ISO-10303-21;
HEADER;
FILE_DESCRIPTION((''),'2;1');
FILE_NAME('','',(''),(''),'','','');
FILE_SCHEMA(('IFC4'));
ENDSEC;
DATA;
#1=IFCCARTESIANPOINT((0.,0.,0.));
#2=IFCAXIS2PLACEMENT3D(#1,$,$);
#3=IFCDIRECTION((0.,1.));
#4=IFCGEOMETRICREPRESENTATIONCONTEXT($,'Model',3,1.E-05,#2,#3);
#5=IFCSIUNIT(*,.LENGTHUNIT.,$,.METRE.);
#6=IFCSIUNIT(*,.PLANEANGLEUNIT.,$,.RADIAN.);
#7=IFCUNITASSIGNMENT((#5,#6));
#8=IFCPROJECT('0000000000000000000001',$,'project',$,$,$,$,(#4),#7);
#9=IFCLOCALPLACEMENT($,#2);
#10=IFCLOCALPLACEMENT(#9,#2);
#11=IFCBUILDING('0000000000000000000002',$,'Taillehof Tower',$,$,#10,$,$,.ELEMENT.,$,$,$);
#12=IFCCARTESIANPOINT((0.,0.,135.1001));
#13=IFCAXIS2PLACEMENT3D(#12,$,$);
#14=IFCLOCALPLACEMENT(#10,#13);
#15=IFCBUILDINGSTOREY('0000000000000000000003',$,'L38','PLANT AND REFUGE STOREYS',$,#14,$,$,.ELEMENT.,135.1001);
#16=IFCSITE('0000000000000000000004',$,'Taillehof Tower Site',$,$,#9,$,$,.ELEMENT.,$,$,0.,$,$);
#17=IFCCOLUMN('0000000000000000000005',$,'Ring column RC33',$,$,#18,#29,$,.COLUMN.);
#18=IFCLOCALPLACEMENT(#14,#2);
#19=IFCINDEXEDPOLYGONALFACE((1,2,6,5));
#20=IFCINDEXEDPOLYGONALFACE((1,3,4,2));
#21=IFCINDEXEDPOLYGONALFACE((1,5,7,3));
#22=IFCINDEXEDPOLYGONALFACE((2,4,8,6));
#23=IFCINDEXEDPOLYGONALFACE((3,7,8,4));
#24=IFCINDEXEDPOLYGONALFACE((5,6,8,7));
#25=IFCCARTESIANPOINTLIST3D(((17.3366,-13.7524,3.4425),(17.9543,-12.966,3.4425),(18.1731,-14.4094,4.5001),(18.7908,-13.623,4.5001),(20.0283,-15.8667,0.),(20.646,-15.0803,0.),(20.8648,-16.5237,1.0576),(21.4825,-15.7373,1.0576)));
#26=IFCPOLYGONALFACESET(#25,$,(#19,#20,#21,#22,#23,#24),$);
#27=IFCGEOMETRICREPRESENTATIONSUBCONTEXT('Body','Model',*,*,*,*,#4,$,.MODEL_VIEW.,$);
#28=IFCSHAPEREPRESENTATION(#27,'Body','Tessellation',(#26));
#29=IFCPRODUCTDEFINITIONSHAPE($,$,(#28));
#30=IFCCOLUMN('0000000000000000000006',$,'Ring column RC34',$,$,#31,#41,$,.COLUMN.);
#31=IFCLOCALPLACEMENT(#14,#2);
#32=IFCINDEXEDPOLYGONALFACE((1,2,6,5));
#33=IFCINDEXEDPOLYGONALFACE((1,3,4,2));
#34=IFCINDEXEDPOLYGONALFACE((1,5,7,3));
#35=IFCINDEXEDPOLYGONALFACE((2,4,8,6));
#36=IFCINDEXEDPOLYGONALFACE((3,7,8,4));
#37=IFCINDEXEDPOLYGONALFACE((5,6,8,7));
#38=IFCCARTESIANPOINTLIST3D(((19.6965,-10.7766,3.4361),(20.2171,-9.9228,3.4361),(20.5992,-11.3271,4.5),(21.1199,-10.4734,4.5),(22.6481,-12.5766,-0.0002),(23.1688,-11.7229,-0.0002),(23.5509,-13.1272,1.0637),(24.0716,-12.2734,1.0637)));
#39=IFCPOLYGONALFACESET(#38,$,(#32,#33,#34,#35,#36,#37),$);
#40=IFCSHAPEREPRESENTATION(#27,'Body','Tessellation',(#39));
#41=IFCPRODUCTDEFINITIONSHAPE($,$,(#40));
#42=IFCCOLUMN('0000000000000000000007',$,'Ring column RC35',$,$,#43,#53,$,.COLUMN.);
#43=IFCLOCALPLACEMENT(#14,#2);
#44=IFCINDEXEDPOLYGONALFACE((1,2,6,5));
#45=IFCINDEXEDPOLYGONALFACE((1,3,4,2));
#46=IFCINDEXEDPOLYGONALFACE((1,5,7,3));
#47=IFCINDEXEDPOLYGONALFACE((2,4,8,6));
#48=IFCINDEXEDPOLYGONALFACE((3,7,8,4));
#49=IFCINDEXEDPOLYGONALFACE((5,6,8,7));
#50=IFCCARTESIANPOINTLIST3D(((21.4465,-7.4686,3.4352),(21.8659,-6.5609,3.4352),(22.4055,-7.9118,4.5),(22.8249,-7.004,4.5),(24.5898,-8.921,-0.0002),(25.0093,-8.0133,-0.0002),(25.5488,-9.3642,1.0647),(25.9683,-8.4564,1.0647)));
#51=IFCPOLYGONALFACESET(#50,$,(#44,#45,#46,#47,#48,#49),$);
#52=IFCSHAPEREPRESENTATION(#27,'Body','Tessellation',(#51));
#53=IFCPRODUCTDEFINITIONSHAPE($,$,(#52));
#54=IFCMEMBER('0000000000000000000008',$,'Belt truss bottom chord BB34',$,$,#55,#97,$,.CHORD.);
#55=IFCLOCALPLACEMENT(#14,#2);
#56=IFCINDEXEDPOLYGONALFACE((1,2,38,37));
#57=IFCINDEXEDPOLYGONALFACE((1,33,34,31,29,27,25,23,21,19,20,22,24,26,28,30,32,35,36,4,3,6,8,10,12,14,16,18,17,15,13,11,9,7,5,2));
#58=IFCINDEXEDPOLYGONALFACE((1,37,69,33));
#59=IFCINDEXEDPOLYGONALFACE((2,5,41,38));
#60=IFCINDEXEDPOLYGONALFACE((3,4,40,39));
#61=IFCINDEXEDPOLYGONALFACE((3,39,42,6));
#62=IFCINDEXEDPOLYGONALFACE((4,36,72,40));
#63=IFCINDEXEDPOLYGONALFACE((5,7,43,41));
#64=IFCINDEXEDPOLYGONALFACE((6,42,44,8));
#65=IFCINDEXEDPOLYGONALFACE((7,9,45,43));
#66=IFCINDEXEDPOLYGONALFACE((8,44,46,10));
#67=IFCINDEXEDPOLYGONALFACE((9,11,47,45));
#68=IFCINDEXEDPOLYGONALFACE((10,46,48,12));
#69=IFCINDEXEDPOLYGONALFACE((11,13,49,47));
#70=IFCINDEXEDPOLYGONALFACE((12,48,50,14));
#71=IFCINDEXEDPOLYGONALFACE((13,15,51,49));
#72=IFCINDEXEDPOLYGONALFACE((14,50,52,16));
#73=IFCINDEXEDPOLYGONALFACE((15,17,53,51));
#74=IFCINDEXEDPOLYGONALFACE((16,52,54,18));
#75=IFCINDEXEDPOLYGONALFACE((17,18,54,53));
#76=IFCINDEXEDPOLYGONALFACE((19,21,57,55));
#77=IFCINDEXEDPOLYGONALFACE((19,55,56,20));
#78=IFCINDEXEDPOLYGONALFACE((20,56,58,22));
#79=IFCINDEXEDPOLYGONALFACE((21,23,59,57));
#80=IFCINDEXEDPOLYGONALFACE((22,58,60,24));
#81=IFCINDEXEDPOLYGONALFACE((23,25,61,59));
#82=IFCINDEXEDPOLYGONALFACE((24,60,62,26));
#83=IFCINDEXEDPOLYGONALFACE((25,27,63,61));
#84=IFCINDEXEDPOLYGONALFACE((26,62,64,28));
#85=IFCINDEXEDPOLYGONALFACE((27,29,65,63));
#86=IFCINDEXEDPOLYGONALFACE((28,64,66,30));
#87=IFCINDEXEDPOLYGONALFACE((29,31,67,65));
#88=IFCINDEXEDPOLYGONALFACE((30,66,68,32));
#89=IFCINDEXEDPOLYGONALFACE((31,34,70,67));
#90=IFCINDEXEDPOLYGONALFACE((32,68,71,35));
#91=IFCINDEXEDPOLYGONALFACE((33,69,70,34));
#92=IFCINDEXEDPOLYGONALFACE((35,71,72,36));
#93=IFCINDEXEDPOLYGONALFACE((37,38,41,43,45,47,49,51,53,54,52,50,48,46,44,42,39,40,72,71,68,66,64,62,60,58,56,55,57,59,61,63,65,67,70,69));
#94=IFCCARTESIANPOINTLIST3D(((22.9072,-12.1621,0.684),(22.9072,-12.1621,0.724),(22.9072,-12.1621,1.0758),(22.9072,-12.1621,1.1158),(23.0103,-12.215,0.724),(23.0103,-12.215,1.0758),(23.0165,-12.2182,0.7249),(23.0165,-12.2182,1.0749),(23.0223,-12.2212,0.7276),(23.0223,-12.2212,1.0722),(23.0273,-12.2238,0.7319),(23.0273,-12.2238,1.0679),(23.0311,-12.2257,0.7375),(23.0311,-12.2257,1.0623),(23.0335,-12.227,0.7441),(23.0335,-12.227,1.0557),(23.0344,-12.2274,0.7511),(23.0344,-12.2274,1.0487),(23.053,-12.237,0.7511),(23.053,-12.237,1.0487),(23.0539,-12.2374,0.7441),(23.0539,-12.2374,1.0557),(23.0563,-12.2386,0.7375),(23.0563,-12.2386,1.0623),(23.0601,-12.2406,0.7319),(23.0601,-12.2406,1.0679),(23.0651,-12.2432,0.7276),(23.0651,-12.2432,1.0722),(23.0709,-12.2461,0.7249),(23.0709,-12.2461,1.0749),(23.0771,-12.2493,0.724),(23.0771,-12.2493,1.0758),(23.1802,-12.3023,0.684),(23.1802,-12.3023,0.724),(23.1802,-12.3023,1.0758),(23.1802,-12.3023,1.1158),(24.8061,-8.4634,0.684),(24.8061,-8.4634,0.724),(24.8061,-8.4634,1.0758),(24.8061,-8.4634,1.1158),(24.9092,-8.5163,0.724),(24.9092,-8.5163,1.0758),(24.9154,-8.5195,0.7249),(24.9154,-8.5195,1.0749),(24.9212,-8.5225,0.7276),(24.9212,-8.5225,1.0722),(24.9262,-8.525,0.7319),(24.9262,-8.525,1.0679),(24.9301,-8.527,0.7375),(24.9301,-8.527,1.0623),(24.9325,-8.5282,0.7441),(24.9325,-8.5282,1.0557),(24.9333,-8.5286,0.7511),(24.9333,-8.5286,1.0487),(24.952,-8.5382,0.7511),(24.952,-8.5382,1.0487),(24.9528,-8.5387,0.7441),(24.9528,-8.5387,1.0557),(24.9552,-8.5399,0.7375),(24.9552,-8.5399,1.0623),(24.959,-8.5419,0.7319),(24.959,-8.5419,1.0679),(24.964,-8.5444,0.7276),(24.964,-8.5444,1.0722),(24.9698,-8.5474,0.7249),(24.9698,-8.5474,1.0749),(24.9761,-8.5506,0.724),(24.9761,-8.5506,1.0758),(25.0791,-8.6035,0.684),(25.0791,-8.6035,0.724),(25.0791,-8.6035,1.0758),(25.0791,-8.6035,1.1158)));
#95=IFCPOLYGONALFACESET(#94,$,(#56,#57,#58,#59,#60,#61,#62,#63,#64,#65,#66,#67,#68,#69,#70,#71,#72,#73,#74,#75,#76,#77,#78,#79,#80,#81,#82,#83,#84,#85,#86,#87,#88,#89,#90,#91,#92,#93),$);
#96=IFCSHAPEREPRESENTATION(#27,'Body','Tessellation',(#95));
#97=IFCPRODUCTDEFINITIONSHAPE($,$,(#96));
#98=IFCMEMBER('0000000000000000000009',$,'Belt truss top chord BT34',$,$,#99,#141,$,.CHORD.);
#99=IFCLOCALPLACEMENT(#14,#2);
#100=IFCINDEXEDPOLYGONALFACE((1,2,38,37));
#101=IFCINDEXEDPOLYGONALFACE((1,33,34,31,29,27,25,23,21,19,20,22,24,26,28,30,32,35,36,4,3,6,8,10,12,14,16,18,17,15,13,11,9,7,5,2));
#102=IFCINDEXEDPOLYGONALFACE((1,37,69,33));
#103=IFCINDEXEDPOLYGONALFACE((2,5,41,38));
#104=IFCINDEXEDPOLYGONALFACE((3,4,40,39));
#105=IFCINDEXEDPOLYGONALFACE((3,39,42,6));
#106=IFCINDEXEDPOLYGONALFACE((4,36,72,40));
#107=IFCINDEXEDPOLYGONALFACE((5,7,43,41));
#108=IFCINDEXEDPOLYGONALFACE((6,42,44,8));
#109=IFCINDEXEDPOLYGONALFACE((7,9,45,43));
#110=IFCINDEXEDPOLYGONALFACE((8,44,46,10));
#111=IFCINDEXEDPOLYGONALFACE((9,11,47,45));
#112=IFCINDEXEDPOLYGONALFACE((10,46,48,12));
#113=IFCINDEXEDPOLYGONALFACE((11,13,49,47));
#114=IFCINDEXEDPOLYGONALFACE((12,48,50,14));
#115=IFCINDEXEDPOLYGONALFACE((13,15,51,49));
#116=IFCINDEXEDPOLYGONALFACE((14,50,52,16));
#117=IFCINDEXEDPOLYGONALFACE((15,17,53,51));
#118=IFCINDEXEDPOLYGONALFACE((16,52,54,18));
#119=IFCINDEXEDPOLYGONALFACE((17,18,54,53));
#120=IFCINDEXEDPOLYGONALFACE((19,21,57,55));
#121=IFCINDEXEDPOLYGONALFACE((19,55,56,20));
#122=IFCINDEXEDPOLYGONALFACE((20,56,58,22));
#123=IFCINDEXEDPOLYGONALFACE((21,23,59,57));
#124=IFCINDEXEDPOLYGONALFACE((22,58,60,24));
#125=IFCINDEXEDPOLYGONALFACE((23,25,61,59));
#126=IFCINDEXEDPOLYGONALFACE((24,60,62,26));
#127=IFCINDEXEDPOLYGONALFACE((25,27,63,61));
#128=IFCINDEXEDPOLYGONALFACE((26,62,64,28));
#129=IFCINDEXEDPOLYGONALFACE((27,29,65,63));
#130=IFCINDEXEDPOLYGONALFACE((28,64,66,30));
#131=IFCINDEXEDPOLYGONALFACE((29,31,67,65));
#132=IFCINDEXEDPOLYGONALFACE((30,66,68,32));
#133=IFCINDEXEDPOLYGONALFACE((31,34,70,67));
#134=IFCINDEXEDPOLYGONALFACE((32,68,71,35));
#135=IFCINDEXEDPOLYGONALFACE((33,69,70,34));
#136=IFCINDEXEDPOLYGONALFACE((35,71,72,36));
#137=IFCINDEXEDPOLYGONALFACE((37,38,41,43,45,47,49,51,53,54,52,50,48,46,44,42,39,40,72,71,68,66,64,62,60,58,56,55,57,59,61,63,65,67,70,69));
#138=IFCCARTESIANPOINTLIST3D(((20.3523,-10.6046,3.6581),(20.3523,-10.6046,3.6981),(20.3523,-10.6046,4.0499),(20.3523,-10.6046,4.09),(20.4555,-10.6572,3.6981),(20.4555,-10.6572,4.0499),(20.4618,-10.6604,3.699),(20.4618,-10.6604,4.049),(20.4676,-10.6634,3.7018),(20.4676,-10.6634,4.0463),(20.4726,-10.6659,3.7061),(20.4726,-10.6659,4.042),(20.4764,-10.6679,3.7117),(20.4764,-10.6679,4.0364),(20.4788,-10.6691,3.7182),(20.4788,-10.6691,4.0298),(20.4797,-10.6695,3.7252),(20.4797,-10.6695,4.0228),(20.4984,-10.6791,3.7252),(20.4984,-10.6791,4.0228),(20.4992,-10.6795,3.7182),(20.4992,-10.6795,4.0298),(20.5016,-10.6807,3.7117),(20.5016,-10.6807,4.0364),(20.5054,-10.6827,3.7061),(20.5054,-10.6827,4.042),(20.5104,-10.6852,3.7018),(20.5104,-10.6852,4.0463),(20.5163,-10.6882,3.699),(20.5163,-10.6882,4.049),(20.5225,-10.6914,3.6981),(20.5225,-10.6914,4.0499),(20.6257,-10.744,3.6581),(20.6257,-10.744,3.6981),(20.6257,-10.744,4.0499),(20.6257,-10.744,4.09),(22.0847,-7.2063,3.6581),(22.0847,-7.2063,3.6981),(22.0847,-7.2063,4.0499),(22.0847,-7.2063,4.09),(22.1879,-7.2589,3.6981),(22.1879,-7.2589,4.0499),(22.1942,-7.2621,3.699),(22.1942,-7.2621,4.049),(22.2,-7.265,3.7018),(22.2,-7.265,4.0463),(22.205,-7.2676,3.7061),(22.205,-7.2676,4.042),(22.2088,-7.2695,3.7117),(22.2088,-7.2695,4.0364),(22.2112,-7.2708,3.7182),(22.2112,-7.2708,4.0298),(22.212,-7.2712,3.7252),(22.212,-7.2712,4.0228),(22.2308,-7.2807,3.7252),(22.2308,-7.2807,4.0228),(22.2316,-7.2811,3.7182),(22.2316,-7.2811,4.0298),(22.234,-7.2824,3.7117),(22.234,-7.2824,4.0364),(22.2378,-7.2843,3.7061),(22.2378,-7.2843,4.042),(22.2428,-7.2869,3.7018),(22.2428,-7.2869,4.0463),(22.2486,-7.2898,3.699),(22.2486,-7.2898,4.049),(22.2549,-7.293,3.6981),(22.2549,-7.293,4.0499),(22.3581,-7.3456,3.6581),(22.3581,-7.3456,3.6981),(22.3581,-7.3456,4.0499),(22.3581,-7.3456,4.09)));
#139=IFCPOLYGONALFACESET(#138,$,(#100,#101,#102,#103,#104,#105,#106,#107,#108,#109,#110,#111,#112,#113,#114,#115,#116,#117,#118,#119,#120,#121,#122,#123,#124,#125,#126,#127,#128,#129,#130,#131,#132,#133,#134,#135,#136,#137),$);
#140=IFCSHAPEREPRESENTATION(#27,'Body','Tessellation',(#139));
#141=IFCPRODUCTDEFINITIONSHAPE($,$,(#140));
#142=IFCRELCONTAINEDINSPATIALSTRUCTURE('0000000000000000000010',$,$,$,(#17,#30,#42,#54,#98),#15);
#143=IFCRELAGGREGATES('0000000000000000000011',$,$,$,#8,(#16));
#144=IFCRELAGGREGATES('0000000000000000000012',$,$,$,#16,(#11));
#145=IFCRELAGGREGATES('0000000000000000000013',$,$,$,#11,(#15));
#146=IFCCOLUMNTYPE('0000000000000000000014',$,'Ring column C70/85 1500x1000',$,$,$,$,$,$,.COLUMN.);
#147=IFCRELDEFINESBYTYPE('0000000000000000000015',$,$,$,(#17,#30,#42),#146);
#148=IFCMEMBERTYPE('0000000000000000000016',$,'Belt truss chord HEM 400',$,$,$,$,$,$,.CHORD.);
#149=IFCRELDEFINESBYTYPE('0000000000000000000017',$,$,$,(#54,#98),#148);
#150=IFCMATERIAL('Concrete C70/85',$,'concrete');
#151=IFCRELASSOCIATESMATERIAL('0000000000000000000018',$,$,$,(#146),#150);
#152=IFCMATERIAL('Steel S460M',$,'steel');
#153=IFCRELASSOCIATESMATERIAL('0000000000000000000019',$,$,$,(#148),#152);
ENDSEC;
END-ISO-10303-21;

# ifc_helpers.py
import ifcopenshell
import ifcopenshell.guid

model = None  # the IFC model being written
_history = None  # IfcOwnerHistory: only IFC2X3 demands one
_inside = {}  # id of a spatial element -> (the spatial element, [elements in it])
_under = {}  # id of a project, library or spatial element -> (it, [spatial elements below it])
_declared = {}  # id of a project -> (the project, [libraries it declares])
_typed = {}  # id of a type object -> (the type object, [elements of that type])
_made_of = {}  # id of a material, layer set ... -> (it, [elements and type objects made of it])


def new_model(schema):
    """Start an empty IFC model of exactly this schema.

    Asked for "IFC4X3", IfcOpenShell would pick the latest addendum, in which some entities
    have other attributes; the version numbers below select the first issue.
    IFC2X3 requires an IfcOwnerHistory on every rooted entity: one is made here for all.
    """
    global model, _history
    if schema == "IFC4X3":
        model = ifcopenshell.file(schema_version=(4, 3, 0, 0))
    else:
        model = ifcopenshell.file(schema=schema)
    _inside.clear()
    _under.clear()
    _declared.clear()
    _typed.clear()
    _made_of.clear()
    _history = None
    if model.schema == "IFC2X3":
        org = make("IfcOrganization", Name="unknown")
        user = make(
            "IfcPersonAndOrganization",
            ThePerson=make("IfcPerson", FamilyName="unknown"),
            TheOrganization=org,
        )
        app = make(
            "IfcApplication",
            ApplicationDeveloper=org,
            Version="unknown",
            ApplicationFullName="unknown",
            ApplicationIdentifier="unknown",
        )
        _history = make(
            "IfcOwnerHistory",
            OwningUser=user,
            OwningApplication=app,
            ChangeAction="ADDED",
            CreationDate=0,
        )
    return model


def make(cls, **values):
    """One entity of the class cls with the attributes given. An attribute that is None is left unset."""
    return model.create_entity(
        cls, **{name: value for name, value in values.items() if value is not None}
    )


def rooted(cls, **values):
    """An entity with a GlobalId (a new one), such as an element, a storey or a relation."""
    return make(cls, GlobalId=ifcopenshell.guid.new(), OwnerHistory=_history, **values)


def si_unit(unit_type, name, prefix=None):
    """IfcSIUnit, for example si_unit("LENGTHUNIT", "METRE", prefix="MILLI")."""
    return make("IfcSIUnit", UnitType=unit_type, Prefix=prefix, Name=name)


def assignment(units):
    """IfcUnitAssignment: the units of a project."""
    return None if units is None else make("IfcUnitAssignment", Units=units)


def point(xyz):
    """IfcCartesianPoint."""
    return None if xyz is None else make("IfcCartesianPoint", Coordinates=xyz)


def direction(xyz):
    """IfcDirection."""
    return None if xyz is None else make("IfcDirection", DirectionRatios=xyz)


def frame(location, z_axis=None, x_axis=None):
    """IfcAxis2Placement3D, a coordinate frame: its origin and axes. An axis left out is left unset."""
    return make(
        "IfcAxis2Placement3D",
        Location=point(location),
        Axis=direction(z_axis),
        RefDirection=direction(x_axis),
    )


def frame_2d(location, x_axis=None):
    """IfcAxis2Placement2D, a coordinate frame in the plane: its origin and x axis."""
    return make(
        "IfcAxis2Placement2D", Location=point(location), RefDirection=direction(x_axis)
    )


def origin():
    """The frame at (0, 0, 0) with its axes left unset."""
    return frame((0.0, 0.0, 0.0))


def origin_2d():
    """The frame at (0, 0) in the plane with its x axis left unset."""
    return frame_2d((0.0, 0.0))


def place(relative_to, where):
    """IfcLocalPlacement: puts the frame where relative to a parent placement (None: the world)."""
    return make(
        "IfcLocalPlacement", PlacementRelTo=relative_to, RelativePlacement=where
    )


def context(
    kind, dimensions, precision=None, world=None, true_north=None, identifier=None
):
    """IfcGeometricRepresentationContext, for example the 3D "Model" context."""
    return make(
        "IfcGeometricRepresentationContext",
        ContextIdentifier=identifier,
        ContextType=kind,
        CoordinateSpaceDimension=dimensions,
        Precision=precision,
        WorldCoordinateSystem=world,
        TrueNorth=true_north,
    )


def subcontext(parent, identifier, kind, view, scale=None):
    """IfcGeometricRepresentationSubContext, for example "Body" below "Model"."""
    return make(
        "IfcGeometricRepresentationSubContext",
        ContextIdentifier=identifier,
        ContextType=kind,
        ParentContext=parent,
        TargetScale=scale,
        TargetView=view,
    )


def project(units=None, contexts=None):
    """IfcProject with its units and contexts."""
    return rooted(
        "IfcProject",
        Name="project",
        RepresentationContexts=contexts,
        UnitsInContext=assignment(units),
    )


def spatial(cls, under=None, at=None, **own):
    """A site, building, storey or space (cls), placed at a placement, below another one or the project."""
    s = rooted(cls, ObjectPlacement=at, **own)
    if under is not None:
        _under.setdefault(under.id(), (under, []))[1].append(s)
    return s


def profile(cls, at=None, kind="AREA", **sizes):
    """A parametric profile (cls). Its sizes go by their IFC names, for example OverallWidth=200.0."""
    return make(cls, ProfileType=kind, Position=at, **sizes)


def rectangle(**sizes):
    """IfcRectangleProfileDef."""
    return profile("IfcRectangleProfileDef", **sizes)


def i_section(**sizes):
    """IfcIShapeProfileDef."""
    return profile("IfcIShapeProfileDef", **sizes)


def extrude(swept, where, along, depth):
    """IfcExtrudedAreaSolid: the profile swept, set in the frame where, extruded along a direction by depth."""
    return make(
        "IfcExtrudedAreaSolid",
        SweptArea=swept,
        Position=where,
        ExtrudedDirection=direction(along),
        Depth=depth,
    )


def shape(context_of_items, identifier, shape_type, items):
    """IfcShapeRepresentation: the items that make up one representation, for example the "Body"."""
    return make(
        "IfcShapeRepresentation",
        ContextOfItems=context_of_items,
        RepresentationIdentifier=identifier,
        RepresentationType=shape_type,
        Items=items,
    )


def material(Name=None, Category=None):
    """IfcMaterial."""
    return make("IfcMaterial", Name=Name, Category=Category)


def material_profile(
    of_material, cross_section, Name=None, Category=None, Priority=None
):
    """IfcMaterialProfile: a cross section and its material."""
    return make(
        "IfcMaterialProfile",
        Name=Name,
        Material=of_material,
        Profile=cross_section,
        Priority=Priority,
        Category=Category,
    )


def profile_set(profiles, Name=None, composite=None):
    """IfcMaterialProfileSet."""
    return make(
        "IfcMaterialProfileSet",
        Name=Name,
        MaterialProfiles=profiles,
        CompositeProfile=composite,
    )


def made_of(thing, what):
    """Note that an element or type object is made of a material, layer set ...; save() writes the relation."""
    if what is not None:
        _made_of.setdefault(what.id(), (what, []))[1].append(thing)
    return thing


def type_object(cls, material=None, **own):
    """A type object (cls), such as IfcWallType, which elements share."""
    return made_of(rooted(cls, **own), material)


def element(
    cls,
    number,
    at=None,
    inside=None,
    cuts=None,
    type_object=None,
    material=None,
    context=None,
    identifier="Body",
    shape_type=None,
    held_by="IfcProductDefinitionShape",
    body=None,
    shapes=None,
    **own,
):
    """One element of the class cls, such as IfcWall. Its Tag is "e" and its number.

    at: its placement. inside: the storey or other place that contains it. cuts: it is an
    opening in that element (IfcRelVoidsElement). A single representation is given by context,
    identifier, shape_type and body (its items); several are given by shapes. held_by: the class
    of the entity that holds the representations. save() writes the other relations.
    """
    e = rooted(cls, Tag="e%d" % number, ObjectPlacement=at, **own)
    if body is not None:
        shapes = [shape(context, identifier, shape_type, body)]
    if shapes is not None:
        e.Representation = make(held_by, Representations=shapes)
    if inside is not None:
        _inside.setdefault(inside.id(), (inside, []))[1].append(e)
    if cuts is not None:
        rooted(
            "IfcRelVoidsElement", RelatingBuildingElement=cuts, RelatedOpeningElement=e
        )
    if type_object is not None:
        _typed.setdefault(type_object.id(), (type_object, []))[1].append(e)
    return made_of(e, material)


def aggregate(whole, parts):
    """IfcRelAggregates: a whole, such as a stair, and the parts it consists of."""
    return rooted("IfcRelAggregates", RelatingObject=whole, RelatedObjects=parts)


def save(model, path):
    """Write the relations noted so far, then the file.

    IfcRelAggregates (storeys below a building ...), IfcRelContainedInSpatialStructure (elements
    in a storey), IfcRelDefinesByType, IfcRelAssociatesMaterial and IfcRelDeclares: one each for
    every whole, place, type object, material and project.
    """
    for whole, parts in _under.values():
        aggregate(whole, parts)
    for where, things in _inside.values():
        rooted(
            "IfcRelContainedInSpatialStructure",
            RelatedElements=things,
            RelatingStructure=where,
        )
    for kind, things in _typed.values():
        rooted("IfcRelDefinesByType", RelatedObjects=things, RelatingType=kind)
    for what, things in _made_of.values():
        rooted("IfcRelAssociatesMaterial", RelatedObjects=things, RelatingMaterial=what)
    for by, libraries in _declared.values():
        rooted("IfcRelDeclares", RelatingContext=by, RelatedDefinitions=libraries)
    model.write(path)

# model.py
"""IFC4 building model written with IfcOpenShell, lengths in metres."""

from ifc_helpers import new_model, si_unit, direction, frame, origin, origin_2d, place, context, subcontext, project, spatial, rectangle, i_section, extrude, material, material_profile, profile_set, type_object, element, save


model = new_model("IFC4")

# Units and contexts
model_context = context("Model", 3, precision=1e-05, world=origin(), true_north=direction((0.0, 1.0)))
body_context = subcontext(model_context, "Body", "Model", "MODEL_VIEW")
ifc_project = project(units=[si_unit("LENGTHUNIT", "METRE"), si_unit("PLANEANGLEUNIT", "RADIAN")], contexts=[model_context])

# Site, building, storey
site_placement = place(None, origin())
site = spatial("IfcSite", under=ifc_project, at=site_placement, Name="Taillehof Tower Site", CompositionType="ELEMENT", RefElevation=0.0)
building_placement = place(site_placement, origin())
building = spatial("IfcBuilding", under=site, at=building_placement, Name="Taillehof Tower", CompositionType="ELEMENT")
storey_placement = place(building_placement, frame((0.0, 0.0, 135.1001)))
storey = spatial("IfcBuildingStorey", under=building, at=storey_placement, Name="L38", Description="PLANT AND REFUGE STOREYS", CompositionType="ELEMENT", Elevation=135.1001)

# Columns
ifc_material_1 = material(Name="Concrete C70/85", Category="concrete")
ifc_material_profile_1 = material_profile(ifc_material_1, rectangle(XDim=1.5, YDim=1.0, at=origin_2d()), Name="RC 1500x1000")
ifc_profile_set_1 = profile_set([ifc_material_profile_1], Name="Concrete C70/85")
column_type = type_object("IfcColumnType", Name="Ring column C70/85 1500x1000", PredefinedType="COLUMN", material=ifc_profile_set_1)
column_1_placement = place(storey_placement, frame((20.7554, -15.802, 0.5288), z_axis=(-0.554478, 0.435536, 0.709128), x_axis=(0.557662, -0.438037, 0.705079)))
element("IfcColumn", 1, at=column_1_placement, inside=storey, type_object=column_type, Name="Ring column RC33", PredefinedType="COLUMN", context=body_context, shape_type="SweptSolid", body=[
    extrude(rectangle(XDim=1.5, YDim=1.0, at=origin_2d()), origin(), (0.0, 0.0, 1.0), 4.8545),
])
column_2_placement = place(storey_placement, frame((23.3599, -12.425, 0.5317), z_axis=(-0.605534, 0.369281, 0.704954), x_axis=(0.601864, -0.367042, 0.709253)))
element("IfcColumn", 2, at=column_2_placement, inside=storey, type_object=column_type, Name="Ring column RC34", PredefinedType="COLUMN", context=body_context, shape_type="SweptSolid", body=[
    extrude(rectangle(XDim=1.5, YDim=1.0, at=origin_2d()), origin(), (0.0, 0.0, 1.0), 4.8745),
])
column_3_placement = place(storey_placement, frame((25.2791, -8.6887, 0.5322), z_axis=(-0.644436, 0.297767, 0.704299), x_axis=(0.639349, -0.295416, 0.709903)))
element("IfcColumn", 3, at=column_3_placement, inside=storey, type_object=column_type, Name="Ring column RC35", PredefinedType="COLUMN", context=body_context, shape_type="SweptSolid", body=[
    extrude(rectangle(XDim=1.5, YDim=1.0, at=origin_2d()), origin(), (0.0, 0.0, 1.0), 4.8777),
])

# Members
ifc_material_2 = material(Name="Steel S460M", Category="steel")
ifc_material_profile_2 = material_profile(ifc_material_2, i_section(OverallWidth=0.3069, OverallDepth=0.4319, WebThickness=0.021, FlangeThickness=0.04, FilletRadius=0.0271, at=origin_2d()), Name="HEM 400")
ifc_profile_set_2 = profile_set([ifc_material_profile_2], Name="Steel S460M")
member_type_1 = type_object("IfcMemberType", Name="Belt truss chord HEM 400", PredefinedType="CHORD", material=ifc_profile_set_2)
member_1_placement = place(storey_placement, frame((23.0437, -12.2322, 0.8999), z_axis=(0.456724, 0.889608, 0.0), x_axis=(-0.889608, 0.456724, 0.0)))
element("IfcMember", 4, at=member_1_placement, inside=storey, type_object=member_type_1, Name="Belt truss bottom chord BB34", PredefinedType="CHORD", context=body_context, shape_type="SweptSolid", body=[
    extrude(i_section(OverallWidth=0.3069, OverallDepth=0.4319, WebThickness=0.021, FlangeThickness=0.04, FilletRadius=0.0271, at=origin_2d()), origin(), (0.0, 0.0, 1.0), 4.1577),
])
member_2_placement = place(storey_placement, frame((20.489, -10.6743, 3.874), z_axis=(0.454164, 0.890918, 0.0), x_axis=(-0.890918, 0.454164, 0.0)))
element("IfcMember", 5, at=member_2_placement, inside=storey, type_object=member_type_1, Name="Belt truss top chord BT34", PredefinedType="CHORD", context=body_context, shape_type="SweptSolid", body=[
    extrude(i_section(OverallWidth=0.3069, OverallDepth=0.4319, WebThickness=0.021, FlangeThickness=0.04, FilletRadius=0.0271, at=origin_2d()), origin(), (0.0, 0.0, 1.0), 3.8145),
])

save(model, "model.ifc")
